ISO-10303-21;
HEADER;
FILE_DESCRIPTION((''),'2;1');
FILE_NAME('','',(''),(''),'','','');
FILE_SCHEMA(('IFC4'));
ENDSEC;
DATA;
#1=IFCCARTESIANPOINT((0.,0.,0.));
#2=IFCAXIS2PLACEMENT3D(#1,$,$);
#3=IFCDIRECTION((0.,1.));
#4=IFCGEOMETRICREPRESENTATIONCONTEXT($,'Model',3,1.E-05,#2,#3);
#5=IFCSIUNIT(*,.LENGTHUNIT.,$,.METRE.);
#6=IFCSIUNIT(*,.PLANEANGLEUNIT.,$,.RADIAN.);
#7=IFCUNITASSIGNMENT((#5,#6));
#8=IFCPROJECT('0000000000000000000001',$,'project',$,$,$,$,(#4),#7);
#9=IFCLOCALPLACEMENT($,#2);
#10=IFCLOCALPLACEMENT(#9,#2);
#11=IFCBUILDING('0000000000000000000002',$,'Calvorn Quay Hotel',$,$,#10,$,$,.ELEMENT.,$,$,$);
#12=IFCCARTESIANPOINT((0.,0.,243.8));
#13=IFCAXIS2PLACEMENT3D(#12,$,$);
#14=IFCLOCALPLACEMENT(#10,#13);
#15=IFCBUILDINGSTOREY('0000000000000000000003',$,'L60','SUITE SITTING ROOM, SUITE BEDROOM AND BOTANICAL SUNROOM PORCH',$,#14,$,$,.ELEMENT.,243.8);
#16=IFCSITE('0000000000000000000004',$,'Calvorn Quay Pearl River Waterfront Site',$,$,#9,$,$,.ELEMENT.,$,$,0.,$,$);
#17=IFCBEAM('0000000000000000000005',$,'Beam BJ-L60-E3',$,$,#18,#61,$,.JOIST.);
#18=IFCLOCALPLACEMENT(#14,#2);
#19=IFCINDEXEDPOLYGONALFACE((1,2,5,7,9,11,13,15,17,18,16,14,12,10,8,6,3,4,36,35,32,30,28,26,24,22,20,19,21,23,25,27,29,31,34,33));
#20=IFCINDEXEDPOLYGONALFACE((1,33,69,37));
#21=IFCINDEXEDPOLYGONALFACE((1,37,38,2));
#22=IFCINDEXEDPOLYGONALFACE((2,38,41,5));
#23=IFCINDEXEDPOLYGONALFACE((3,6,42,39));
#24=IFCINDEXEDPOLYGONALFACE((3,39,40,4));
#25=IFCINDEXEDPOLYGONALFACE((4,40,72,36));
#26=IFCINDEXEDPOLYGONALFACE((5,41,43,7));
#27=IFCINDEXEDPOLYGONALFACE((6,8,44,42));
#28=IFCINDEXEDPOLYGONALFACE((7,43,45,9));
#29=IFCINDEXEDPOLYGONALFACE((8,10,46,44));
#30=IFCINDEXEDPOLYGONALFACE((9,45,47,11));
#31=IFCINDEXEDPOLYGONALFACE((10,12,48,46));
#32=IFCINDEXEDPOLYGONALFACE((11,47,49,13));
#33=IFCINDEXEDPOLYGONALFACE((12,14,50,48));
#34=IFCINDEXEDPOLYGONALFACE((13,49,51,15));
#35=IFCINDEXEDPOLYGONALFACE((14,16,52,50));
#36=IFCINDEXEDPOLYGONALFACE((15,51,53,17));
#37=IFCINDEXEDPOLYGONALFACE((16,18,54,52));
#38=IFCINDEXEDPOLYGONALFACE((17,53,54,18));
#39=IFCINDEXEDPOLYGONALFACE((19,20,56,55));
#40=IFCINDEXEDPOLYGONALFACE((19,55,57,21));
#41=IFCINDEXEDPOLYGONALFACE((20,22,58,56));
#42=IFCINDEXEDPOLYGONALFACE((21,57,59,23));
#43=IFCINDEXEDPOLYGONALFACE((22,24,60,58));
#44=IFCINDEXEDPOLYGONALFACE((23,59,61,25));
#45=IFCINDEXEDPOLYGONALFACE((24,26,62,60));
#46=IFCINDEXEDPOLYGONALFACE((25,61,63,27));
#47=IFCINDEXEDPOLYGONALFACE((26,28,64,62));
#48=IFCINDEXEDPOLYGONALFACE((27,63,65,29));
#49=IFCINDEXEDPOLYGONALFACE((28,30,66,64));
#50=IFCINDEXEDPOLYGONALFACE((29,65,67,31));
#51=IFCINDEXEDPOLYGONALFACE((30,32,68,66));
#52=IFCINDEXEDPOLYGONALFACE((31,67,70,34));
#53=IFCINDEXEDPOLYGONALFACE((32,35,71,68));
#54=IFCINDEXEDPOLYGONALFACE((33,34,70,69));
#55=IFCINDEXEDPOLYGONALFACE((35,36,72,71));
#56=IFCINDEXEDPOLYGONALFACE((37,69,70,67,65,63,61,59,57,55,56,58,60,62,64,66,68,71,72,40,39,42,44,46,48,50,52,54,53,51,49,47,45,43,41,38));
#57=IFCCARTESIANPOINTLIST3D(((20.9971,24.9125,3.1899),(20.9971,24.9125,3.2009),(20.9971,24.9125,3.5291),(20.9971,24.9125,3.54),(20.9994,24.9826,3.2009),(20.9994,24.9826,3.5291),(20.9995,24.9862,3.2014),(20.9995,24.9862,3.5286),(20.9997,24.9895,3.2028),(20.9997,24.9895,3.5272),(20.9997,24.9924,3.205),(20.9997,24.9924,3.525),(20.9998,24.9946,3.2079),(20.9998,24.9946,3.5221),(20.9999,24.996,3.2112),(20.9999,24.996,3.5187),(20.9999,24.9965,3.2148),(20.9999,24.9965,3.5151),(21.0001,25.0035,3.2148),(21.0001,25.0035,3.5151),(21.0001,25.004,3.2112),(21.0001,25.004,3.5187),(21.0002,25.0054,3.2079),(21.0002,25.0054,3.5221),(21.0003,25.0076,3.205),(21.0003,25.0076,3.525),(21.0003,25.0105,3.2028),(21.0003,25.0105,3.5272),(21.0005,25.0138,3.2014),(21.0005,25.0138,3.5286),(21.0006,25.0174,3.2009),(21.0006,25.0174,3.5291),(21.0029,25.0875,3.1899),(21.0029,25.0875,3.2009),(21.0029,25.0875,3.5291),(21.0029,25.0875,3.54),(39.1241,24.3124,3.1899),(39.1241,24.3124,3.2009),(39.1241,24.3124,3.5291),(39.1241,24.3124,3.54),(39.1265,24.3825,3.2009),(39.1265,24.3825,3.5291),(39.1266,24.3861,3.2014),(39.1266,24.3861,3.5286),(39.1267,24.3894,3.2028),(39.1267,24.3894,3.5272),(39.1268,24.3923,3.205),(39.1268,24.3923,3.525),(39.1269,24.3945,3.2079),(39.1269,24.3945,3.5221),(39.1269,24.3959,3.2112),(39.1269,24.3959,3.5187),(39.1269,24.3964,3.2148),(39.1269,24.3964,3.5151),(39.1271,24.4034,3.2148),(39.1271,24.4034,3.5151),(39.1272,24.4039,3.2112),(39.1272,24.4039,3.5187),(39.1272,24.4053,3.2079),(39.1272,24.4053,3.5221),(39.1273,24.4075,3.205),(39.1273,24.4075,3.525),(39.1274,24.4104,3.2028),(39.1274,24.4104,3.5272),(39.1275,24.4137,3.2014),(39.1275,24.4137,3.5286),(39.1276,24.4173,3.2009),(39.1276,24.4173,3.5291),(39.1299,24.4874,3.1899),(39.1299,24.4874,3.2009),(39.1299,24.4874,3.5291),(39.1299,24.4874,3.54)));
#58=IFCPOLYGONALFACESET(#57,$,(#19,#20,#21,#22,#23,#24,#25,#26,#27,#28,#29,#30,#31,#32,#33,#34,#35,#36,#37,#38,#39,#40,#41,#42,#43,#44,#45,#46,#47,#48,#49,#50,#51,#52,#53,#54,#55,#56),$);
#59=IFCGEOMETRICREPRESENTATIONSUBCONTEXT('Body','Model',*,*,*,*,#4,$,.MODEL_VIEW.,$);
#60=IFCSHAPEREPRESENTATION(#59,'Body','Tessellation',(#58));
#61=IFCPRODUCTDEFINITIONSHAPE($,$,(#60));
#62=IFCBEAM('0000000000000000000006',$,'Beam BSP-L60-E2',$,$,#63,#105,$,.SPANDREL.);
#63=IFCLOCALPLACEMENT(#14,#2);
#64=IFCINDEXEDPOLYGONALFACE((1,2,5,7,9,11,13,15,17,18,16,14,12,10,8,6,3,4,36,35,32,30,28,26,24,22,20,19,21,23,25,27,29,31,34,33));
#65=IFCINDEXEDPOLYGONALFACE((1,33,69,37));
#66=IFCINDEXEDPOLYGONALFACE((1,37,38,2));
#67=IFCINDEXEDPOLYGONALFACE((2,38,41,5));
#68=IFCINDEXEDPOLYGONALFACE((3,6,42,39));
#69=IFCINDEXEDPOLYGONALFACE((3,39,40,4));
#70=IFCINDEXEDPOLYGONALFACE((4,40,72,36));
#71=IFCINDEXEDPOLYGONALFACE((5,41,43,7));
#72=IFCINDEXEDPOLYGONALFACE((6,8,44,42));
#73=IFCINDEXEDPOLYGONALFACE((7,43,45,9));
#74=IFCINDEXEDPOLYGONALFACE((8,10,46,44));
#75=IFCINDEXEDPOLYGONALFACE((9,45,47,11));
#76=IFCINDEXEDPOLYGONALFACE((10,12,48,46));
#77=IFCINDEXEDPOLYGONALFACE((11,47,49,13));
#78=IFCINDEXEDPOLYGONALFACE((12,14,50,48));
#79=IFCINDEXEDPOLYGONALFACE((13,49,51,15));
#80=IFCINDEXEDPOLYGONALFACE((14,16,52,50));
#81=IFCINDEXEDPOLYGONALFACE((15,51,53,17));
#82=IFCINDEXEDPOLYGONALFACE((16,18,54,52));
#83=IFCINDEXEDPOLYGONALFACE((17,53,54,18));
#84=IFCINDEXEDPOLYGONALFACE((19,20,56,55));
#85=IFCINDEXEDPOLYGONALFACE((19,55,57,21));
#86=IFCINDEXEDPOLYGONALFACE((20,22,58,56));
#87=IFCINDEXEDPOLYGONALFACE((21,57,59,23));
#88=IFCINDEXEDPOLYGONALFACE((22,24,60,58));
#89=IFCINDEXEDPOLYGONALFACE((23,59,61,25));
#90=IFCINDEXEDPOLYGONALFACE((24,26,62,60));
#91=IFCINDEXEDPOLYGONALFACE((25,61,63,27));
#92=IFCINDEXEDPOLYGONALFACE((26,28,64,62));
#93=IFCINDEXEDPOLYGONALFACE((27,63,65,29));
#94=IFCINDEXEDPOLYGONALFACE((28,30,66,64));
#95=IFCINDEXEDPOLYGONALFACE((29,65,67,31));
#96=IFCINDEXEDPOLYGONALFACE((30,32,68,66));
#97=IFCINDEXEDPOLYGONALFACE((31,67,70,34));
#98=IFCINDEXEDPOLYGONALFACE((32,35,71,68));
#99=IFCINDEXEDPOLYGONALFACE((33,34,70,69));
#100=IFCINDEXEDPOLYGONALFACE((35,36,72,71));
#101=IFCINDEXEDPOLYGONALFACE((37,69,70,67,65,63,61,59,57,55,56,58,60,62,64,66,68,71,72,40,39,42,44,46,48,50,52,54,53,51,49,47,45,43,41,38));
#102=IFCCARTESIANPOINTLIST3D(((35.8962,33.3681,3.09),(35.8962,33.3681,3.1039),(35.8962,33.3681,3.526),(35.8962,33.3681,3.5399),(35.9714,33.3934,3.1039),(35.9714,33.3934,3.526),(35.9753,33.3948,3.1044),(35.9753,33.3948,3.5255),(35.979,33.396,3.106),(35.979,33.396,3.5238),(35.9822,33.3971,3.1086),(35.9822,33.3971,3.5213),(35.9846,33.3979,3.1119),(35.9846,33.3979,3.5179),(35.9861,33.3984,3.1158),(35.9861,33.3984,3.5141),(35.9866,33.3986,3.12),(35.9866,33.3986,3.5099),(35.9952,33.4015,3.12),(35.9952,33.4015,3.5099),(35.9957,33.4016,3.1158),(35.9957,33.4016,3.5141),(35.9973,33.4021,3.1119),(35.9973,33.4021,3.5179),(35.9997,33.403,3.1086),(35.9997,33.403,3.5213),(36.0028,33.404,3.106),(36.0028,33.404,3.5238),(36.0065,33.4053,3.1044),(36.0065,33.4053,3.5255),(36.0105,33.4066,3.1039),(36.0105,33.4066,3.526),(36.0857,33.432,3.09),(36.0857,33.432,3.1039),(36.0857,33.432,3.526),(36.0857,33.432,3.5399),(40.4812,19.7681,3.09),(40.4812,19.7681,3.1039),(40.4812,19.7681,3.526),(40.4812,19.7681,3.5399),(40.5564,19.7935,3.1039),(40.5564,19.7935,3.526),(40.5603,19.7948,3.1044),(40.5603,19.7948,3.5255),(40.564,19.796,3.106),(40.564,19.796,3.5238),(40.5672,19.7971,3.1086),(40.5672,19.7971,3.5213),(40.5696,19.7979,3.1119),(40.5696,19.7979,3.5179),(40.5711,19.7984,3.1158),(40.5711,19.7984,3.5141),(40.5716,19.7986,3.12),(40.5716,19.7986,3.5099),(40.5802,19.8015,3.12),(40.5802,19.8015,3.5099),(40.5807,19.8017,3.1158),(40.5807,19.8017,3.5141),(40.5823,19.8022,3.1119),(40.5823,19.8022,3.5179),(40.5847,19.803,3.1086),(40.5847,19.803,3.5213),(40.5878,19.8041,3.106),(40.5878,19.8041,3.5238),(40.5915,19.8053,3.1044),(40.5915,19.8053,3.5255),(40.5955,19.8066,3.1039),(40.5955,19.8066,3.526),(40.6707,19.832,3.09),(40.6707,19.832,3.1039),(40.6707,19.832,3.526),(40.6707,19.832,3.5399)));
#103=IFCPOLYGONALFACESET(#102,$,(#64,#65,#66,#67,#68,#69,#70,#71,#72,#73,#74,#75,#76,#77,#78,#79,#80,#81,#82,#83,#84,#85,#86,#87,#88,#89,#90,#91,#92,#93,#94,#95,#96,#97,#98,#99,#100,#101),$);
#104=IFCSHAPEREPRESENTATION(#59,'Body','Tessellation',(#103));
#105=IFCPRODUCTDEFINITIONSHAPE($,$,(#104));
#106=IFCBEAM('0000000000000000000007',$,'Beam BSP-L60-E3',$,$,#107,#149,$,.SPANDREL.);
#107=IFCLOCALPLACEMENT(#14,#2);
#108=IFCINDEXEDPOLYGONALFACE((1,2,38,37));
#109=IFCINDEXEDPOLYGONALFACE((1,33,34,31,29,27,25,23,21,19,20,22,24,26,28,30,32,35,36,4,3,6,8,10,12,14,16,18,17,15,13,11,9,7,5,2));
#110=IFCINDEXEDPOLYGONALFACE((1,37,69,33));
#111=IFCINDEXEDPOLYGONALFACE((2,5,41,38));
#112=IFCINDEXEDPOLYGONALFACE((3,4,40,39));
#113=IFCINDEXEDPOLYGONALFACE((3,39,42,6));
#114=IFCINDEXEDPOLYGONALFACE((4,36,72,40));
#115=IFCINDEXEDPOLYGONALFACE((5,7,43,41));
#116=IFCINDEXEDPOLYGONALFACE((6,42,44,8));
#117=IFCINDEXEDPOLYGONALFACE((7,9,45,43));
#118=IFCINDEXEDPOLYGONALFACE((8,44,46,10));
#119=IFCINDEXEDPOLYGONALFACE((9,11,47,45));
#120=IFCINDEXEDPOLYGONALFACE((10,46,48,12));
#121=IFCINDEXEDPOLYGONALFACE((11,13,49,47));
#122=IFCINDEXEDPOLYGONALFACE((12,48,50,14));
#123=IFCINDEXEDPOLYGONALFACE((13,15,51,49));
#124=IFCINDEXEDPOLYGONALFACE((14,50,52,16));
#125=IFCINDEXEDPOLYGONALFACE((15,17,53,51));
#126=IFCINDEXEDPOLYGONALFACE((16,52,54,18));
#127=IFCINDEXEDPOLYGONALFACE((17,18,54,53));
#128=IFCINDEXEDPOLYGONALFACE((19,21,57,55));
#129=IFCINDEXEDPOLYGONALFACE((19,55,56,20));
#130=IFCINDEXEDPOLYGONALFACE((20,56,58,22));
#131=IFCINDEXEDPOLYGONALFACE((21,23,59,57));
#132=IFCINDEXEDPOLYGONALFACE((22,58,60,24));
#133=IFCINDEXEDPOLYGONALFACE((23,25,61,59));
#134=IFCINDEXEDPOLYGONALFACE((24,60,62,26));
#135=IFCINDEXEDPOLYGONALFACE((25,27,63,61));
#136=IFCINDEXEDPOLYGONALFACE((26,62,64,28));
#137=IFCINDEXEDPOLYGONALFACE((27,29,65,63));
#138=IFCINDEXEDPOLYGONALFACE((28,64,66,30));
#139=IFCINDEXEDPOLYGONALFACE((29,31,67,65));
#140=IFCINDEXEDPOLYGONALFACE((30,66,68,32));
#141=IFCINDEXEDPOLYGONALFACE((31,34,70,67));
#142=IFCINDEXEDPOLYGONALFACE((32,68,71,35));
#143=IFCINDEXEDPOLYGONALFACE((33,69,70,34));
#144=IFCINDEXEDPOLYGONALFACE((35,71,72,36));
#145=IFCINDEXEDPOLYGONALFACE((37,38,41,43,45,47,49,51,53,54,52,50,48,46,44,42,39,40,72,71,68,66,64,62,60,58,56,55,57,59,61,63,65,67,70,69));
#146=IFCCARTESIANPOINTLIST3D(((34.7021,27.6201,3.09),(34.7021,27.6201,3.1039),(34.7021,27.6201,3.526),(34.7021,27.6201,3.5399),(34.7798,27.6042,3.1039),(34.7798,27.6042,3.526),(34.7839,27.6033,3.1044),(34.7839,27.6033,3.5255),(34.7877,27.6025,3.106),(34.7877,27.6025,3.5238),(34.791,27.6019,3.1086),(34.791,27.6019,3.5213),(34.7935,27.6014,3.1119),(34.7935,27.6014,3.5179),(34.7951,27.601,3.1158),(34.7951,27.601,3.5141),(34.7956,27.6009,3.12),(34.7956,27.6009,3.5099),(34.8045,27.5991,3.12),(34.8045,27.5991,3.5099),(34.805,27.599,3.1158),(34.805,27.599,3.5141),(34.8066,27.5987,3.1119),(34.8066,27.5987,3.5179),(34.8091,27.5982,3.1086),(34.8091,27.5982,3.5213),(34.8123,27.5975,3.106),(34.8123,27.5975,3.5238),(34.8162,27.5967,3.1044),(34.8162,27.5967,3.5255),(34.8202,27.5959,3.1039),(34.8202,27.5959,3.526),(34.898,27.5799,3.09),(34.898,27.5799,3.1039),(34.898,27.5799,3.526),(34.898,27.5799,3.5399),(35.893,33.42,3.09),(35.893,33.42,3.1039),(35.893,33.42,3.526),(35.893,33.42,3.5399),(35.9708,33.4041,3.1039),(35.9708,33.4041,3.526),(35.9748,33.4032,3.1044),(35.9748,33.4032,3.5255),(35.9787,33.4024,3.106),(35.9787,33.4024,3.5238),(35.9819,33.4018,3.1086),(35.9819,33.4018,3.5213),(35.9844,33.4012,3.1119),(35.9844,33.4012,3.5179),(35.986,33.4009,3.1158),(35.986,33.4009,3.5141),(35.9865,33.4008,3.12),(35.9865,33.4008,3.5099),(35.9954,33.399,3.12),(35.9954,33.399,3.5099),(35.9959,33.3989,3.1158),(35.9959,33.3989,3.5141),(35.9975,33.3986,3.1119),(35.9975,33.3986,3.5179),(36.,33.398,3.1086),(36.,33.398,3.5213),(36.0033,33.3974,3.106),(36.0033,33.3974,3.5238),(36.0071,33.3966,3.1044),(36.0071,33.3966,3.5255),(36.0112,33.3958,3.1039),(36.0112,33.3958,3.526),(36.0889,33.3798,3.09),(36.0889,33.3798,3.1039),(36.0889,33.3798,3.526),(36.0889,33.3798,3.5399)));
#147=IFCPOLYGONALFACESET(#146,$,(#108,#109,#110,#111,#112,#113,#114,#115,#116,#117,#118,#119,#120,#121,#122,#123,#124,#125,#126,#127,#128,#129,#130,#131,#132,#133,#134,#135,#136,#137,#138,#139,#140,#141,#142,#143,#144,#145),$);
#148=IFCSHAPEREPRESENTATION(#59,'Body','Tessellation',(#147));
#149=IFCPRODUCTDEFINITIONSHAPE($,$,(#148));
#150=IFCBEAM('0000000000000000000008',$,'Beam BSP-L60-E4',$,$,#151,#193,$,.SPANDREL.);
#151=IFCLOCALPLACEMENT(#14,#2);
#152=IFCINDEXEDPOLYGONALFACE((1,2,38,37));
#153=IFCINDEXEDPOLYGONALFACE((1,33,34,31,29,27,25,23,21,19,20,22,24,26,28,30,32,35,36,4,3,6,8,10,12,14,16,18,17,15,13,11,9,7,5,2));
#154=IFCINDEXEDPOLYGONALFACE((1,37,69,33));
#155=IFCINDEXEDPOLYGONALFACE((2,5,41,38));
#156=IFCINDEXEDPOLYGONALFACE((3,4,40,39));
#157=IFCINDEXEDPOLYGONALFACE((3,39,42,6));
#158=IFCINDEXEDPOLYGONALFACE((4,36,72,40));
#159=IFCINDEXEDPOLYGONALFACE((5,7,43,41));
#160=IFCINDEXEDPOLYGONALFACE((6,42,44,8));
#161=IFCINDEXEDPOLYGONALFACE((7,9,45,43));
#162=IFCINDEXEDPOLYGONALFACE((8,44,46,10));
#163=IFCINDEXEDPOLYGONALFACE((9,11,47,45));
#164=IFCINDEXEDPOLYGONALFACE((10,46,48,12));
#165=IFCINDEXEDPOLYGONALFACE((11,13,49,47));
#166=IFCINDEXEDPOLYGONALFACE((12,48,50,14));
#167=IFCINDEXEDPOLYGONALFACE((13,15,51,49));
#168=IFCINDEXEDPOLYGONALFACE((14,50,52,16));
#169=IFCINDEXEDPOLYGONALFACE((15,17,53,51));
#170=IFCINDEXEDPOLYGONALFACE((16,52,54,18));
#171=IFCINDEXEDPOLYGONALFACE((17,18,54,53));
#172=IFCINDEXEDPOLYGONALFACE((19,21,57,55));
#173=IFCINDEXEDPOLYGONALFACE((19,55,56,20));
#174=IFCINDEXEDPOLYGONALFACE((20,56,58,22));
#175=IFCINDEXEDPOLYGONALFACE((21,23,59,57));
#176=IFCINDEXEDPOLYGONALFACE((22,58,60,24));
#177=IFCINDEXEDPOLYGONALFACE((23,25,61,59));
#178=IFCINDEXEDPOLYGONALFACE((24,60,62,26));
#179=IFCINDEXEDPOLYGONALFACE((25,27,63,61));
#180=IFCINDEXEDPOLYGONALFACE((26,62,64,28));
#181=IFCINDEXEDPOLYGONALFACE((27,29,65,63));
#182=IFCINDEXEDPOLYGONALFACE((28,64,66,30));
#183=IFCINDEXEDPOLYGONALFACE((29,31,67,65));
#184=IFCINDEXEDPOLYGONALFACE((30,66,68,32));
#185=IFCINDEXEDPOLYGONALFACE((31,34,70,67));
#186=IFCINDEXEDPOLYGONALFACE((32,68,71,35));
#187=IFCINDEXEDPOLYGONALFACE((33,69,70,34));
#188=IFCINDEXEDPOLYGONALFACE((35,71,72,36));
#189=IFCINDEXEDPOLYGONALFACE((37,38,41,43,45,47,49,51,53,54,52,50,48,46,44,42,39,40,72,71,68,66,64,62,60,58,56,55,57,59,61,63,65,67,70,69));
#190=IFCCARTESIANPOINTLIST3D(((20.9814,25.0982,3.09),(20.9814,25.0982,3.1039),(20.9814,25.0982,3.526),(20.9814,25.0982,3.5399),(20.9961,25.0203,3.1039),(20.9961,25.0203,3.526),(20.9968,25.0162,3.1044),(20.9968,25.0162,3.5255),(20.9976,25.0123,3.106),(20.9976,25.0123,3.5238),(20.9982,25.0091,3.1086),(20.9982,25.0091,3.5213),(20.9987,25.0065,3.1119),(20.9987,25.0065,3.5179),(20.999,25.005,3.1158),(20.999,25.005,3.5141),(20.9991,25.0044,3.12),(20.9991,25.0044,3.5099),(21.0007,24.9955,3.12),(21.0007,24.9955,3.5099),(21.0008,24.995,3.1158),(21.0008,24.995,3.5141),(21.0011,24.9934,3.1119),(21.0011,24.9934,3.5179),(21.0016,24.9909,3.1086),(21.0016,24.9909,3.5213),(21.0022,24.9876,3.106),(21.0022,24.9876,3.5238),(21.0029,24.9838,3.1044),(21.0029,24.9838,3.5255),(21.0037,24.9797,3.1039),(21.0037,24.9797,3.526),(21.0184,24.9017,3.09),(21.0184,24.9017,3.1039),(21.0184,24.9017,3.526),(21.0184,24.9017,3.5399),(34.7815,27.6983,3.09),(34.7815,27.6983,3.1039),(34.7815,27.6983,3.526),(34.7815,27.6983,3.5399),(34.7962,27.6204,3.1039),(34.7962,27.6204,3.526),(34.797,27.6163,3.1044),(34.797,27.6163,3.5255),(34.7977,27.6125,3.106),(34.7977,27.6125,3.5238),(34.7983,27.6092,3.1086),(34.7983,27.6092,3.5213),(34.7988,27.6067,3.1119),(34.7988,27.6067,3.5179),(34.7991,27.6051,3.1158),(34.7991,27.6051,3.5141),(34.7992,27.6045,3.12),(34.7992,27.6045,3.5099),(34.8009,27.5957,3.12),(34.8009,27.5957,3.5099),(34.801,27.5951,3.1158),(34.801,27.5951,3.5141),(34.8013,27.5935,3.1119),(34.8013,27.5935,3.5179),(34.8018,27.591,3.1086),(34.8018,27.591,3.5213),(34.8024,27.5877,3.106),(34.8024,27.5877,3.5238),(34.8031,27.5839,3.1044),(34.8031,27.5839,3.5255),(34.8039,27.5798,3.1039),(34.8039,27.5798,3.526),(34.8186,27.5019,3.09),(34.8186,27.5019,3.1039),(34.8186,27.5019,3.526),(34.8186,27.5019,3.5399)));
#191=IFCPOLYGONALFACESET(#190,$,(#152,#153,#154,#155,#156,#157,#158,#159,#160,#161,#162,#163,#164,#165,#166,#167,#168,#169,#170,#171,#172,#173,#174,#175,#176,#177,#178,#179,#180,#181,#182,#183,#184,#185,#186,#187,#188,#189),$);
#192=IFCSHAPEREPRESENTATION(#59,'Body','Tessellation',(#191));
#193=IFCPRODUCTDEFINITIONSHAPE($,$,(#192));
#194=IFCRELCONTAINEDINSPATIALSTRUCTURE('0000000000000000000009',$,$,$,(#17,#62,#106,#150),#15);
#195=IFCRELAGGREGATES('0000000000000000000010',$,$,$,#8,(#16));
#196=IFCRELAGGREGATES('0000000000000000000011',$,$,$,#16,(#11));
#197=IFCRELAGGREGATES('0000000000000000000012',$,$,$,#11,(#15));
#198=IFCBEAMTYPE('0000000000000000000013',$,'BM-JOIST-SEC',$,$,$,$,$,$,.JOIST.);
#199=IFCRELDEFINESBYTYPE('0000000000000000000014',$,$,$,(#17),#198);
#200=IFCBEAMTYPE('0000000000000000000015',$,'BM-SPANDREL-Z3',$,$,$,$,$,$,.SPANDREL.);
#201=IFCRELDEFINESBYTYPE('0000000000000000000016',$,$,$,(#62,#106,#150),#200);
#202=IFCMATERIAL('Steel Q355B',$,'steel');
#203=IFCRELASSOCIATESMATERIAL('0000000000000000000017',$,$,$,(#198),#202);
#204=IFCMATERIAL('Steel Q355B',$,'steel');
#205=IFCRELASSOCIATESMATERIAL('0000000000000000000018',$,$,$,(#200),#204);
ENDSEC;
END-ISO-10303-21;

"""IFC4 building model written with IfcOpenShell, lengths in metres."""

from ifc_helpers import new_model, si_unit, direction, frame, origin, origin_2d, place, context, subcontext, project, spatial, i_section, extrude, material, material_profile, profile_set, type_object, element, save


model = new_model("IFC4")

# Units and contexts
model_context = context("Model", 3, precision=1e-05, world=origin(), true_north=direction((0.0, 1.0)))
body_context = subcontext(model_context, "Body", "Model", "MODEL_VIEW")
ifc_project = project(units=[si_unit("LENGTHUNIT", "METRE"), si_unit("PLANEANGLEUNIT", "RADIAN")], contexts=[model_context])

# Site, building, storey
site_placement = place(None, origin())
site = spatial("IfcSite", under=ifc_project, at=site_placement, Name="Calvorn Quay Pearl River Waterfront Site", CompositionType="ELEMENT", RefElevation=0.0)
building_placement = place(site_placement, origin())
building = spatial("IfcBuilding", under=site, at=building_placement, Name="Calvorn Quay Hotel", CompositionType="ELEMENT")
storey_placement = place(building_placement, frame((0.0, 0.0, 243.8)))
storey = spatial("IfcBuildingStorey", under=building, at=storey_placement, Name="L60", Description="SUITE SITTING ROOM, SUITE BEDROOM AND BOTANICAL SUNROOM PORCH", CompositionType="ELEMENT", Elevation=243.8)

# Beams
ifc_material_1 = material(Name="Steel Q355B", Category="steel")
ifc_material_profile_1 = material_profile(ifc_material_1, i_section(OverallWidth=0.175, OverallDepth=0.3501, WebThickness=0.0071, FlangeThickness=0.011, FilletRadius=0.0139, at=origin_2d()), Name="HN350x175x7x11")
ifc_profile_set_1 = profile_set([ifc_material_profile_1], Name="Steel Q355B")
beam_type_1 = type_object("IfcBeamType", Name="BM-JOIST-SEC", PredefinedType="JOIST", material=ifc_profile_set_1)
beam_1_placement = place(storey_placement, frame((21.0, 25.0, 3.365), z_axis=(0.999452, -0.033087, 0.0), x_axis=(0.033087, 0.999452, 0.0)))
element("IfcBeam", 1, at=beam_1_placement, inside=storey, type_object=beam_type_1, Name="Beam BJ-L60-E3", PredefinedType="JOIST", context=body_context, shape_type="SweptSolid", body=[
    extrude(i_section(OverallWidth=0.175, OverallDepth=0.3501, WebThickness=0.0071, FlangeThickness=0.011, FilletRadius=0.0139, at=origin_2d()), origin(), (0.0, 0.0, 1.0), 18.137),
])
ifc_material_2 = material(Name="Steel Q355B", Category="steel")
ifc_material_profile_2 = material_profile(ifc_material_2, i_section(OverallWidth=0.2, OverallDepth=0.45, WebThickness=0.009, FlangeThickness=0.0139, FilletRadius=0.0161, at=origin_2d()), Name="HN450x200x9x14")
ifc_profile_set_2 = profile_set([ifc_material_profile_2], Name="Steel Q355B")
beam_type_2 = type_object("IfcBeamType", Name="BM-SPANDREL-Z3", PredefinedType="SPANDREL", material=ifc_profile_set_2)
beam_2_placement = place(storey_placement, frame((40.5759, 19.8, 3.3149), z_axis=(-0.319467, 0.947598, 0.0), x_axis=(-0.947598, -0.319467, 0.0)))
element("IfcBeam", 2, at=beam_2_placement, inside=storey, type_object=beam_type_2, Name="Beam BSP-L60-E2", PredefinedType="SPANDREL", context=body_context, shape_type="SweptSolid", body=[
    extrude(i_section(OverallWidth=0.2, OverallDepth=0.45, WebThickness=0.009, FlangeThickness=0.0139, FilletRadius=0.0161, at=origin_2d()), origin(), (0.0, 0.0, 1.0), 14.3521),
])
beam_3_placement = place(storey_placement, frame((35.991, 33.3999, 3.3149), z_axis=(-0.201141, -0.979562, 0.0), x_axis=(0.979562, -0.201141, 0.0)))
element("IfcBeam", 3, at=beam_3_placement, inside=storey, type_object=beam_type_2, Name="Beam BSP-L60-E3", PredefinedType="SPANDREL", context=body_context, shape_type="SweptSolid", body=[
    extrude(i_section(OverallWidth=0.2, OverallDepth=0.45, WebThickness=0.009, FlangeThickness=0.0139, FilletRadius=0.0161, at=origin_2d()), origin(), (0.0, 0.0, 1.0), 5.9209),
])
beam_4_placement = place(storey_placement, frame((34.8, 27.6001, 3.3149), z_axis=(-0.982709, -0.185154, 0.0), x_axis=(0.185154, -0.982709, 0.0)))
element("IfcBeam", 4, at=beam_4_placement, inside=storey, type_object=beam_type_2, Name="Beam BSP-L60-E4", PredefinedType="SPANDREL", context=body_context, shape_type="SweptSolid", body=[
    extrude(i_section(OverallWidth=0.2, OverallDepth=0.45, WebThickness=0.009, FlangeThickness=0.0139, FilletRadius=0.0161, at=origin_2d()), origin(), (0.0, 0.0, 1.0), 14.043),
])

save(model, "model.ifc")
